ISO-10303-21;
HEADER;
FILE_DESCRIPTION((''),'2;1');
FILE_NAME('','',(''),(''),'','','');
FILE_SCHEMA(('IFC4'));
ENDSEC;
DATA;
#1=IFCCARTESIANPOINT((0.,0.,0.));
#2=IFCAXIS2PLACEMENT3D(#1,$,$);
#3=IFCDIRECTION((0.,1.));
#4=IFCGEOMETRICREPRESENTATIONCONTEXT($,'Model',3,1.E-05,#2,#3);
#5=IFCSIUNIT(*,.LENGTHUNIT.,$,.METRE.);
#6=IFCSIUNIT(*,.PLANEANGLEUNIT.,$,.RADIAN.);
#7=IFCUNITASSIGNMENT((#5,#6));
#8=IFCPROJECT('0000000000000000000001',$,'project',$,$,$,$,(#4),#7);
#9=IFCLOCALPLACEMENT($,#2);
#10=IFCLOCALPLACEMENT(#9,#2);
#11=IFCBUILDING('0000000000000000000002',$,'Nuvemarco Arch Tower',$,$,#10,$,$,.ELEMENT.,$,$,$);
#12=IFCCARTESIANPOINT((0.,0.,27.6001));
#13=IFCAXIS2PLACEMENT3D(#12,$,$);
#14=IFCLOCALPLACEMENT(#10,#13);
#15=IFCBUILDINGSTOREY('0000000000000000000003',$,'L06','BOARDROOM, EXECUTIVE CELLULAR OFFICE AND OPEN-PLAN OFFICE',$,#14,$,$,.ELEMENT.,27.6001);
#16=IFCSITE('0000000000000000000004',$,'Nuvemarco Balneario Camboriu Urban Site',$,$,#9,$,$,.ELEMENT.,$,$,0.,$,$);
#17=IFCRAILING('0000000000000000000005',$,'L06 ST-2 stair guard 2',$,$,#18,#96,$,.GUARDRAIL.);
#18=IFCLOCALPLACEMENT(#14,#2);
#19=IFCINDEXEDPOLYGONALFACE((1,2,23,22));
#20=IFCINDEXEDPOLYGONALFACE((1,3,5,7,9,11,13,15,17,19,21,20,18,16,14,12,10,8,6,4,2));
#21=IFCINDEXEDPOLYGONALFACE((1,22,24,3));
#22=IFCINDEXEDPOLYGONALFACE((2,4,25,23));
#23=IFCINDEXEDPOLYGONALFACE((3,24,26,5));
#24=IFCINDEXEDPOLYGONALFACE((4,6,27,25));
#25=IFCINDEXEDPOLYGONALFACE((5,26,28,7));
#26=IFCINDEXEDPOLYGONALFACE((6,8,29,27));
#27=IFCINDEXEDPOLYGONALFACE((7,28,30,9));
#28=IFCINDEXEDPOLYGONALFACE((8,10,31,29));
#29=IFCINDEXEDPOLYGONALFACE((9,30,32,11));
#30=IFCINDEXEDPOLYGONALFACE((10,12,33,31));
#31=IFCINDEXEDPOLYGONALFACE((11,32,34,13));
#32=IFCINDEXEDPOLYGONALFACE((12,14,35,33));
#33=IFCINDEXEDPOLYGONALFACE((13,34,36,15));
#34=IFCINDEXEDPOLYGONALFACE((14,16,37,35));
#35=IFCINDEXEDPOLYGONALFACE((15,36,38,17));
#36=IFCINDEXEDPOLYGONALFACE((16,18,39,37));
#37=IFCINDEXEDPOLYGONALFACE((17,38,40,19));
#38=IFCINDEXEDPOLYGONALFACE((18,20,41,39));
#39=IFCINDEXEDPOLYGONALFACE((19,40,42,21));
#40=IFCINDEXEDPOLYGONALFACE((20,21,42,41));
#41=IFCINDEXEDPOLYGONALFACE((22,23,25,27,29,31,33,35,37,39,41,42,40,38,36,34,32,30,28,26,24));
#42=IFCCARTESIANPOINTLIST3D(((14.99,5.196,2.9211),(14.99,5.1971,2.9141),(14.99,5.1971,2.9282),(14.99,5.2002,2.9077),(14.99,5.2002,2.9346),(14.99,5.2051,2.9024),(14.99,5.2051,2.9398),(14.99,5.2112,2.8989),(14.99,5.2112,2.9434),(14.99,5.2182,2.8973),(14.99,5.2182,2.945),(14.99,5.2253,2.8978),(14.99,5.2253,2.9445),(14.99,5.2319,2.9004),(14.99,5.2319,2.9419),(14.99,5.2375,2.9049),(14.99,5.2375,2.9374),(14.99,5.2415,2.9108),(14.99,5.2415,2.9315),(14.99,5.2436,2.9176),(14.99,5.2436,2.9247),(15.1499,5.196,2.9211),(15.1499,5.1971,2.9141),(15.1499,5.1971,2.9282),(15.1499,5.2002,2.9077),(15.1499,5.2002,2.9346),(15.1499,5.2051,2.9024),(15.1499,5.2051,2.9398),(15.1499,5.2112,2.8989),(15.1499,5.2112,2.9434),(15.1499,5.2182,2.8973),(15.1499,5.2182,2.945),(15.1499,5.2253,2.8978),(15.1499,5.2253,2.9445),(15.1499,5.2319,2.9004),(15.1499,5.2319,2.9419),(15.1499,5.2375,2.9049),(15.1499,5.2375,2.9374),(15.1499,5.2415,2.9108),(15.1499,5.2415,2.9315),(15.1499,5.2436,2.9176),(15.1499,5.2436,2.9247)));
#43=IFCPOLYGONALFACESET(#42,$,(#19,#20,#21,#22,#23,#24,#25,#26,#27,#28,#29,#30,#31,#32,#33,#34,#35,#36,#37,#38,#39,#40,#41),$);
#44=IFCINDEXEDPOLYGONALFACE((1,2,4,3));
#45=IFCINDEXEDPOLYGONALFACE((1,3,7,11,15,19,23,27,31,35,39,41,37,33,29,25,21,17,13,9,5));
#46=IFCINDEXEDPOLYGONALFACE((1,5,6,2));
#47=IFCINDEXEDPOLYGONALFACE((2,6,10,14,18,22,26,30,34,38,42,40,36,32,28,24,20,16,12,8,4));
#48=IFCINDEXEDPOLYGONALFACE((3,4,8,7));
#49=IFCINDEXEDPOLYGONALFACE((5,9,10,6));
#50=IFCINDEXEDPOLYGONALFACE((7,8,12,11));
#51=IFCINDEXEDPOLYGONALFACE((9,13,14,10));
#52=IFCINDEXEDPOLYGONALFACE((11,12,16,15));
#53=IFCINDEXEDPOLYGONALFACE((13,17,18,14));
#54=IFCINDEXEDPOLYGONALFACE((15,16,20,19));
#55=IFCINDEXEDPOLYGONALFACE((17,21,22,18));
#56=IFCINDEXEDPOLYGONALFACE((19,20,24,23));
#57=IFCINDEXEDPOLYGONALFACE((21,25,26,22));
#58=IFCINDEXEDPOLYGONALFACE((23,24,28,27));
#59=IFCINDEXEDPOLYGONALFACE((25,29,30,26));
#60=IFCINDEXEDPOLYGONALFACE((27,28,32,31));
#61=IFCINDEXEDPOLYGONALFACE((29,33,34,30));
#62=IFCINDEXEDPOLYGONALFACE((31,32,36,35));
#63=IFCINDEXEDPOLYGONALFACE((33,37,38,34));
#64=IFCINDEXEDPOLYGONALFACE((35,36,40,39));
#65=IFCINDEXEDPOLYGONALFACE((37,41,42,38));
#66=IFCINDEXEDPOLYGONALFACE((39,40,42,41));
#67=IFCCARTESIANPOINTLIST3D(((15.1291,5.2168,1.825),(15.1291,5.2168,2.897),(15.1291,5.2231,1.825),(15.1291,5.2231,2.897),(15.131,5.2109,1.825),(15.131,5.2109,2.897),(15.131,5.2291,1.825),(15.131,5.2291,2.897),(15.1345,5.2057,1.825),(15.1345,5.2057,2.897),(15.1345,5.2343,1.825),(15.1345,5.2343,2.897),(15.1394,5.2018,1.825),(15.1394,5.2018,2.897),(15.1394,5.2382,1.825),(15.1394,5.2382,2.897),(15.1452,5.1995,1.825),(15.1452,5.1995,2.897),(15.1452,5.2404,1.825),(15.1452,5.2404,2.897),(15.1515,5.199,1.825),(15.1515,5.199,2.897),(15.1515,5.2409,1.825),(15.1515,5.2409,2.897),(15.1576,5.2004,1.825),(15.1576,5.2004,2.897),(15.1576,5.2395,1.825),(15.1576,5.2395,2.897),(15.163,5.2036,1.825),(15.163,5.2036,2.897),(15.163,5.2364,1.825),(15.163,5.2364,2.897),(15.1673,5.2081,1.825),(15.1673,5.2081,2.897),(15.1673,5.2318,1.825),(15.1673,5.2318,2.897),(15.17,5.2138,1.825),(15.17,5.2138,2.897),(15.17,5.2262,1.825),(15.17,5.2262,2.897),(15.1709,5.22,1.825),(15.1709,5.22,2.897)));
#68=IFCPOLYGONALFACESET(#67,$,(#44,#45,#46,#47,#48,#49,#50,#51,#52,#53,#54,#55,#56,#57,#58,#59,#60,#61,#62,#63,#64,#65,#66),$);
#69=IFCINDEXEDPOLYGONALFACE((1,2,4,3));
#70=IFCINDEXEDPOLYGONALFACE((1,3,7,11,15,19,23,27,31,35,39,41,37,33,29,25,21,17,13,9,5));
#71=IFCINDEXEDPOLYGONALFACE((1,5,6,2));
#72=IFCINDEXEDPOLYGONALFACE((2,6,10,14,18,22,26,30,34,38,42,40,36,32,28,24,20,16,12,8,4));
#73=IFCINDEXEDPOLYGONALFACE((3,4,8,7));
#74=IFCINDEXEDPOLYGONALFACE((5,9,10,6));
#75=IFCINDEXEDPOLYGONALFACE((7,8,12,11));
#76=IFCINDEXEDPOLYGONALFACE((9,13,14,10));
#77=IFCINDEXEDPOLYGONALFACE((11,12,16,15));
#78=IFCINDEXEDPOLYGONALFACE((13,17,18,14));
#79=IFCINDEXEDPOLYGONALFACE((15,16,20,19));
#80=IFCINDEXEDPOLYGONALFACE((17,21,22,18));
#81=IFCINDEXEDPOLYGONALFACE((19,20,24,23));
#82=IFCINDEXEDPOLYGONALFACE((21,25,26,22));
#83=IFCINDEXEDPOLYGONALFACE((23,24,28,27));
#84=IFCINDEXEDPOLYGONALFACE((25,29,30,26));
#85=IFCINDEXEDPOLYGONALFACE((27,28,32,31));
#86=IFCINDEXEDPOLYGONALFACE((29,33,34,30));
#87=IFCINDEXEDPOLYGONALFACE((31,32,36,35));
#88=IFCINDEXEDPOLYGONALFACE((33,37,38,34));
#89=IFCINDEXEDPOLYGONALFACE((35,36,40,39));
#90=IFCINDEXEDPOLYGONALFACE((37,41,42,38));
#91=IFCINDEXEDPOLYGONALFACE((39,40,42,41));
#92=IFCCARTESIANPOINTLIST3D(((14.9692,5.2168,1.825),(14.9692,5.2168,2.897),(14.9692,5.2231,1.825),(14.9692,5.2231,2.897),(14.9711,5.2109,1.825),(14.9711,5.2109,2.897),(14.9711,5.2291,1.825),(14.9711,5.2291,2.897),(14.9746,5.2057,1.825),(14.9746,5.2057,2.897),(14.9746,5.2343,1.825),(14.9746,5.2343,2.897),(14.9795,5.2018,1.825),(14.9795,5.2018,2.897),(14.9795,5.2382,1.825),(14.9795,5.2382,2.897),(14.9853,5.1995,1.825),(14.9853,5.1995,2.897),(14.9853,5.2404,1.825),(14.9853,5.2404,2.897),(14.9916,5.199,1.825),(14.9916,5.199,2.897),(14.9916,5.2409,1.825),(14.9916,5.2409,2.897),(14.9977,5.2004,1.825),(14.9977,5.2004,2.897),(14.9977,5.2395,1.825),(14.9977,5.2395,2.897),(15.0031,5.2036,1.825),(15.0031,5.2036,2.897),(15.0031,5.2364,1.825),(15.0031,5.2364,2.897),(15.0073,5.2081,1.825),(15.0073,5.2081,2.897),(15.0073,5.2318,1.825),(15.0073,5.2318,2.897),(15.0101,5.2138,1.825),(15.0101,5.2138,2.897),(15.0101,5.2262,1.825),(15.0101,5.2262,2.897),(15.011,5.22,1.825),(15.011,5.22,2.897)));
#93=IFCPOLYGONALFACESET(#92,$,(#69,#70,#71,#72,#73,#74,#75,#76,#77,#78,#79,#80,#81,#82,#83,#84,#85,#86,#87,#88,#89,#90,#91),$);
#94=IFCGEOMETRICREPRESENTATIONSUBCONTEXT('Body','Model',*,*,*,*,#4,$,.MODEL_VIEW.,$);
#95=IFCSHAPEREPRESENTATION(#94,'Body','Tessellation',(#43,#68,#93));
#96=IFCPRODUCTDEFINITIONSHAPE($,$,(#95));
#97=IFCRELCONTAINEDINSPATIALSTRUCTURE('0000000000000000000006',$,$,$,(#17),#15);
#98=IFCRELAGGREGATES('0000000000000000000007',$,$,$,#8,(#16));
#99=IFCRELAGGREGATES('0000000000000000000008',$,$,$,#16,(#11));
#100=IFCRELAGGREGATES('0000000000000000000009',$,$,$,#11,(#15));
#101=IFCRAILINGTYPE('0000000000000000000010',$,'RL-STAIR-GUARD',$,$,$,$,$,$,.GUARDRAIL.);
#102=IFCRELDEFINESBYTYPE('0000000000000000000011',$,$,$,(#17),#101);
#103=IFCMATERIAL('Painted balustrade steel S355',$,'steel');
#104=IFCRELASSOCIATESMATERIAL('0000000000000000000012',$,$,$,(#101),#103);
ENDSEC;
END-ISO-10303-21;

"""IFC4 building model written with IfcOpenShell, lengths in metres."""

from ifc_helpers import new_model, si_unit, direction, frame, origin, origin_2d, place, context, subcontext, project, spatial, circle, extrude, material, type_object, element, save


model = new_model("IFC4")

# Units and contexts
model_context = context("Model", 3, precision=1e-05, world=origin(), true_north=direction((0.0, 1.0)))
body_context = subcontext(model_context, "Body", "Model", "MODEL_VIEW")
ifc_project = project(units=[si_unit("LENGTHUNIT", "METRE"), si_unit("PLANEANGLEUNIT", "RADIAN")], contexts=[model_context])

# Site, building, storey
site_placement = place(None, origin())
site = spatial("IfcSite", under=ifc_project, at=site_placement, Name="Nuvemarco Balneario Camboriu Urban Site", CompositionType="ELEMENT", RefElevation=0.0)
building_placement = place(site_placement, origin())
building = spatial("IfcBuilding", under=site, at=building_placement, Name="Nuvemarco Arch Tower", CompositionType="ELEMENT")
storey_placement = place(building_placement, frame((0.0, 0.0, 27.6001)))
storey = spatial("IfcBuildingStorey", under=building, at=storey_placement, Name="L06", Description="BOARDROOM, EXECUTIVE CELLULAR OFFICE AND OPEN-PLAN OFFICE", CompositionType="ELEMENT", Elevation=27.6001)

# Railing
ifc_material_1 = material(Name="Painted balustrade steel S355", Category="steel")
railing_type_1 = type_object("IfcRailingType", Name="RL-STAIR-GUARD", PredefinedType="GUARDRAIL", material=ifc_material_1)
railing_1_placement = place(storey_placement, frame((15.1499, 5.22, 1.825)))
element("IfcRailing", 1, at=railing_1_placement, inside=storey, type_object=railing_type_1, Name="L06 ST-2 stair guard 2", PredefinedType="GUARDRAIL", context=body_context, shape_type="SweptSolid", body=[
    extrude(circle(Radius=0.0239, at=origin_2d()), frame((0.0, 0.0, 1.0962), z_axis=(-1.0, 0.0, 0.0), x_axis=(0.0, -1.0, 0.0)), (0.0, 0.0, 1.0), 0.1599),
    extrude(circle(Radius=0.021, at=origin_2d()), origin(), (0.0, 0.0, 1.0), 1.072),
    extrude(circle(Radius=0.021, at=origin_2d()), frame((-0.1599, 0.0, 0.0)), (0.0, 0.0, 1.0), 1.072),
])

save(model, "model.ifc")
